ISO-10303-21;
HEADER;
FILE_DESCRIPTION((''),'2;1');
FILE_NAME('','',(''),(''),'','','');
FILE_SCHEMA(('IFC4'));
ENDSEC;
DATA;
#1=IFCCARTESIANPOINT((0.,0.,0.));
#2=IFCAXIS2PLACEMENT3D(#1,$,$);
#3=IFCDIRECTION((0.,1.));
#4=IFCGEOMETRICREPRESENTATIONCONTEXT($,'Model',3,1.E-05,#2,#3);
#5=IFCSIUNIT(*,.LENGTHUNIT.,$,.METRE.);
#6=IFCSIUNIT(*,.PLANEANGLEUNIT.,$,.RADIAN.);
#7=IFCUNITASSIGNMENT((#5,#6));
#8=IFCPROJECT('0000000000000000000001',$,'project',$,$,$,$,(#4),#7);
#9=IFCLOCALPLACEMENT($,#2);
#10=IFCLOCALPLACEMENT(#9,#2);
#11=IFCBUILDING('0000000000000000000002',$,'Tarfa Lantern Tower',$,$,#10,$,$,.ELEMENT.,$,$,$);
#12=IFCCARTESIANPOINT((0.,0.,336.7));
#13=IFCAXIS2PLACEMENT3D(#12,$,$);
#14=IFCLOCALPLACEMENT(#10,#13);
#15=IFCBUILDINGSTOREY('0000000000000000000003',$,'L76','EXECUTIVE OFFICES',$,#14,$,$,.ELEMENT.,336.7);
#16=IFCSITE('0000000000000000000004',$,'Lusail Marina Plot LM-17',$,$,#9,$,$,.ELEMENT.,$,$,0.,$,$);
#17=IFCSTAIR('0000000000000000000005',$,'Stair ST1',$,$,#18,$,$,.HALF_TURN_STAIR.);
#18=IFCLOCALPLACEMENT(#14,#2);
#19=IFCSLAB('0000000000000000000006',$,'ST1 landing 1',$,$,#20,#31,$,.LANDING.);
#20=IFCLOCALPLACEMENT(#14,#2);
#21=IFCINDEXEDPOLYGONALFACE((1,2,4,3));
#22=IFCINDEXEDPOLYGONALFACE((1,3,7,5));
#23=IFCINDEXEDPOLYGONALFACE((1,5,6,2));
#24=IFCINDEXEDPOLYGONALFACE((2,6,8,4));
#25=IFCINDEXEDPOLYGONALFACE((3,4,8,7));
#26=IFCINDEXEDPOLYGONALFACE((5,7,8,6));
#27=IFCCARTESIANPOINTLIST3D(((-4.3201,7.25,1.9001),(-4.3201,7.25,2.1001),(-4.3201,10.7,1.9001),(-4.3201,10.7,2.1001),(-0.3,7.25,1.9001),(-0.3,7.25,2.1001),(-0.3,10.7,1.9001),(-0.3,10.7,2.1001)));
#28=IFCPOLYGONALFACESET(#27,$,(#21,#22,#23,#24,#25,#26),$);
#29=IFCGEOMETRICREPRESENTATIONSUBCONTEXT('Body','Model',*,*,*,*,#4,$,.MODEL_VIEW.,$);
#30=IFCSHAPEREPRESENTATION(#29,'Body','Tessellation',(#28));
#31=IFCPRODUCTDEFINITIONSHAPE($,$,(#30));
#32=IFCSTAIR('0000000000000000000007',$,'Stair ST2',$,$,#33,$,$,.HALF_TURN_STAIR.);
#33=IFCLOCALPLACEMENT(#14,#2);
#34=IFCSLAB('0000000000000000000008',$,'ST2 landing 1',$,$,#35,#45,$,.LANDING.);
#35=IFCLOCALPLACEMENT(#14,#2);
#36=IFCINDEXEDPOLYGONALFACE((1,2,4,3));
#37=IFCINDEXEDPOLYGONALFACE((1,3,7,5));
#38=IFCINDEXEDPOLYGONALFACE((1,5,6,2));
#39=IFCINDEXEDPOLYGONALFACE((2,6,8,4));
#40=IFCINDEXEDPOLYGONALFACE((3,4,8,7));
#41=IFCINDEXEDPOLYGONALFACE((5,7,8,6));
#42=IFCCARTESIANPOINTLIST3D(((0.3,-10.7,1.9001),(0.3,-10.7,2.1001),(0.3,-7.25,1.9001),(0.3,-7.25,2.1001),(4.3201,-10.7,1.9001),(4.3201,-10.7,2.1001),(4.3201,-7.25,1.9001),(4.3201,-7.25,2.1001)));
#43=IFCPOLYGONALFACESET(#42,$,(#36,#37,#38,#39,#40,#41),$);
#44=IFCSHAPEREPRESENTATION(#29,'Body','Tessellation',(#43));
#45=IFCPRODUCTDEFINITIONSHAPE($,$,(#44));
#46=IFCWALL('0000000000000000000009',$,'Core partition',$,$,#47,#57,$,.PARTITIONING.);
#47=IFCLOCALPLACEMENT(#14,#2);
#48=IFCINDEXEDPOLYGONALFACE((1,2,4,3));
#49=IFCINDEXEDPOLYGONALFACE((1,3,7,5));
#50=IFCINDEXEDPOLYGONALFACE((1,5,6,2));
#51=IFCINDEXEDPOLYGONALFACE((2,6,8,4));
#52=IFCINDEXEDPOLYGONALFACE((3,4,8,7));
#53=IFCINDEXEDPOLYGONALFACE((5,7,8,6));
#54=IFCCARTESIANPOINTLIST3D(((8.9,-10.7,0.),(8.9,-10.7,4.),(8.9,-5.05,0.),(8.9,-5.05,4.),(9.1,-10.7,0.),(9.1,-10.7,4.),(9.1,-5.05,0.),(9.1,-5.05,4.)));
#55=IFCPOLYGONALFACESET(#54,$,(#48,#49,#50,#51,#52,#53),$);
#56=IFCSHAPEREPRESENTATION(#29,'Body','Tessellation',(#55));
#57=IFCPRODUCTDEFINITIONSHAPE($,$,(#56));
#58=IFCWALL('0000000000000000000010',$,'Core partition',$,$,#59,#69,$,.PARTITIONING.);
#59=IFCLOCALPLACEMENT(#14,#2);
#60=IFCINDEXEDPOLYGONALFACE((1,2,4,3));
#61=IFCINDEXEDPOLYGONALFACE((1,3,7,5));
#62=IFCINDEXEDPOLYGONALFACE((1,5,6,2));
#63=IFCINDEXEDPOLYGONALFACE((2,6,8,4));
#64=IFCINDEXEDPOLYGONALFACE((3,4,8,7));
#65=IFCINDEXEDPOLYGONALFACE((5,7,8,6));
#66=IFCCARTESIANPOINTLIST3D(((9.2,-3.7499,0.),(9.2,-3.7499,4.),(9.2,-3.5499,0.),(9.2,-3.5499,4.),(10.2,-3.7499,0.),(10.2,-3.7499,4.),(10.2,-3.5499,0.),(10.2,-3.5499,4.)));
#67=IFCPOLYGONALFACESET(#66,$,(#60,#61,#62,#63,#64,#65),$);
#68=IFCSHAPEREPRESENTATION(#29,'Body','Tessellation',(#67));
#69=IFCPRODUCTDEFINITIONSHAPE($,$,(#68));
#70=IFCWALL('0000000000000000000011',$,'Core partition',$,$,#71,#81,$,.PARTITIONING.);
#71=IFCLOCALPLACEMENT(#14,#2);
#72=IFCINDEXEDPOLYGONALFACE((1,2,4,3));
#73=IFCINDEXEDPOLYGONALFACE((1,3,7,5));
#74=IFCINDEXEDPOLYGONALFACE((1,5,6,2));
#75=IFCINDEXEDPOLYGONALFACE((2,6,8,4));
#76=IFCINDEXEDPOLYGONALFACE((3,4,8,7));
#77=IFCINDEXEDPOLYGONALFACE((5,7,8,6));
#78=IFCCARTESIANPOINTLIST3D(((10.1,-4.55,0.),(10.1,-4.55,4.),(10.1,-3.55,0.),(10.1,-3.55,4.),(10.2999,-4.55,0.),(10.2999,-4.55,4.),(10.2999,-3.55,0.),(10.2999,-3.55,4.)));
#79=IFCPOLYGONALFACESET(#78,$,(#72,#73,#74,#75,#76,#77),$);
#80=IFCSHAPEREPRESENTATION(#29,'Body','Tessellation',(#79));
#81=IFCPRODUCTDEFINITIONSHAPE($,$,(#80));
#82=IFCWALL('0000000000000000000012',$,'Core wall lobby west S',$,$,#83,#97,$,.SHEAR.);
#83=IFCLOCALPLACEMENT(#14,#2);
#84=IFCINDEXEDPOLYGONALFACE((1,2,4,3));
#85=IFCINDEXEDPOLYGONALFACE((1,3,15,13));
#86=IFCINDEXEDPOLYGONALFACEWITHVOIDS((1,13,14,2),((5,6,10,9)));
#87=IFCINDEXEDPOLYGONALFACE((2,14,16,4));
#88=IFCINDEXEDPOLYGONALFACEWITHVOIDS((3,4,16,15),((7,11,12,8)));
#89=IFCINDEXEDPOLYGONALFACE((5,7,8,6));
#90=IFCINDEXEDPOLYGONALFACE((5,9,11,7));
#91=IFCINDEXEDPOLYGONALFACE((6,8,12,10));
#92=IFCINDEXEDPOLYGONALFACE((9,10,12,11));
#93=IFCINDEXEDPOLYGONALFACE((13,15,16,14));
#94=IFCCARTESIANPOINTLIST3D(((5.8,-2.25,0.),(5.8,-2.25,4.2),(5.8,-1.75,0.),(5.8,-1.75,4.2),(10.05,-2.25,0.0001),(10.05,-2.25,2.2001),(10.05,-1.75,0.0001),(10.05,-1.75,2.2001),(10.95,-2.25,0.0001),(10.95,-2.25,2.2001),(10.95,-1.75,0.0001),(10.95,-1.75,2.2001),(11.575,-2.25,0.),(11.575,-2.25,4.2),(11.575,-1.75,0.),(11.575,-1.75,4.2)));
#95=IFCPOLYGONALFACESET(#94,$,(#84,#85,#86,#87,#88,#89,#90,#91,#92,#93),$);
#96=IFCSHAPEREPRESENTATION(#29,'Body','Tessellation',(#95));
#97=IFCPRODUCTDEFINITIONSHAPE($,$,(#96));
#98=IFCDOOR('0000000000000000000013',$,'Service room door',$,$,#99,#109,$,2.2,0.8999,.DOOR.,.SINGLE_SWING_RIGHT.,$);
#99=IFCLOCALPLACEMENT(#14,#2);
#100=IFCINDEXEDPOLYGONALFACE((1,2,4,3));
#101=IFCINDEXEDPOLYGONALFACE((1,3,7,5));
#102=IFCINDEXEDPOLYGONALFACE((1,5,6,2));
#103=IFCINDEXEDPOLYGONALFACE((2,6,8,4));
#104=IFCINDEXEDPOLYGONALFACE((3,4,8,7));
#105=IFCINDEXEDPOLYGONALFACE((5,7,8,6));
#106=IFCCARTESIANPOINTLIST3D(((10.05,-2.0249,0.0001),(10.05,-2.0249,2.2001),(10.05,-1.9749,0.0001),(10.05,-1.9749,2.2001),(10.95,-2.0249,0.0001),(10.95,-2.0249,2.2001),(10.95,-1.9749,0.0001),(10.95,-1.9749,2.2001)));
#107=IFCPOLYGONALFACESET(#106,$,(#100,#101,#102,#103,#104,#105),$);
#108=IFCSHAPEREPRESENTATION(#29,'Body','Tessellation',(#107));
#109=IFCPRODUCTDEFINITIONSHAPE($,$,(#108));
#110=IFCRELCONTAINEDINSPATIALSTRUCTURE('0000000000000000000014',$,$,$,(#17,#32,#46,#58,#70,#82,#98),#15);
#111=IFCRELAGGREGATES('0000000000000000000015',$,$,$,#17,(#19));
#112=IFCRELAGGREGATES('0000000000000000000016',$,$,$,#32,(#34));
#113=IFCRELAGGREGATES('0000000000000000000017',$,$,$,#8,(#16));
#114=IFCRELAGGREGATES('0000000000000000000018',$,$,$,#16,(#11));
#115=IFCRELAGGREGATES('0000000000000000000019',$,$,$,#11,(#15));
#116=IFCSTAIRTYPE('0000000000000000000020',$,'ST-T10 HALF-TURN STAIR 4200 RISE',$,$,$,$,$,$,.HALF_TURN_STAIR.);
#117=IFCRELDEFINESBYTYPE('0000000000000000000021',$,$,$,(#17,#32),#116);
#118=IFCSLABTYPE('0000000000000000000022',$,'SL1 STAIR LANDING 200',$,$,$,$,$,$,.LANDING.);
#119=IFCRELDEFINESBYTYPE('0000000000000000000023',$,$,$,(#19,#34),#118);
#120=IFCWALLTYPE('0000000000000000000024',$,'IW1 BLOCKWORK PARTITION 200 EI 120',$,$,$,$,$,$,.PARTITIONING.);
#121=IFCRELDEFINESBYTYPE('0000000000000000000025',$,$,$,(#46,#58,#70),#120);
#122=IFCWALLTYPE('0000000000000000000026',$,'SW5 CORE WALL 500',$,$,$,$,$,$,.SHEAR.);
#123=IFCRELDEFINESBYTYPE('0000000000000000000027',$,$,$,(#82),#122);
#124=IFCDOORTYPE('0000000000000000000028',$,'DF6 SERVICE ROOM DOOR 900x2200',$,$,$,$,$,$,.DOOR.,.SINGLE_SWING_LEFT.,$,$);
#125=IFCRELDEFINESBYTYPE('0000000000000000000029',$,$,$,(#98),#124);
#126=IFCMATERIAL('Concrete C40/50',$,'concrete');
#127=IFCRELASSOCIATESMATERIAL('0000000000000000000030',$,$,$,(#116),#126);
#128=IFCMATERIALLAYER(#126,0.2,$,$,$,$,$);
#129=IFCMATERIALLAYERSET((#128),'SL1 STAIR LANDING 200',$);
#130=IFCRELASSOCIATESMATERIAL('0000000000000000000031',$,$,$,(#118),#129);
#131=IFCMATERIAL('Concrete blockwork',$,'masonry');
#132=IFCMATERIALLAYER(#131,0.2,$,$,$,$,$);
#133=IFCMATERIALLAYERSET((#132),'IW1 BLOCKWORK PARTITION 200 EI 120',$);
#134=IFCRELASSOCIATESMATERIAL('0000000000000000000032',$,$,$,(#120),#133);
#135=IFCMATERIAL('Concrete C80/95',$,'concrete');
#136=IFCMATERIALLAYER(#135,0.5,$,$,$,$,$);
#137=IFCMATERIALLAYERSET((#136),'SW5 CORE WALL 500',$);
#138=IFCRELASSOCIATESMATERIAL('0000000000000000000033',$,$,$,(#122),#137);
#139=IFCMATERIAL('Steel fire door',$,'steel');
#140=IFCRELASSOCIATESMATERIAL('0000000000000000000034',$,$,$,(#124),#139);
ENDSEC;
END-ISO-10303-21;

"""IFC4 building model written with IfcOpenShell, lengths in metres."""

from ifc_helpers import new_model, si_unit, direction, frame, frame_2d, origin, place, context, subcontext, project, spatial, polyline, rectangle, outline, extrude, material, layer, layer_set, type_object, element, fill, aggregate, save


model = new_model("IFC4")

# Units and contexts
model_context = context("Model", 3, precision=1e-05, world=origin(), true_north=direction((0.0, 1.0)))
body_context = subcontext(model_context, "Body", "Model", "MODEL_VIEW")
ifc_project = project(units=[si_unit("LENGTHUNIT", "METRE"), si_unit("PLANEANGLEUNIT", "RADIAN")], contexts=[model_context])

# Site, building, storey
site_placement = place(None, origin())
site = spatial("IfcSite", under=ifc_project, at=site_placement, Name="Lusail Marina Plot LM-17", CompositionType="ELEMENT", RefElevation=0.0)
building_placement = place(site_placement, origin())
building = spatial("IfcBuilding", under=site, at=building_placement, Name="Tarfa Lantern Tower", CompositionType="ELEMENT")
storey_placement = place(building_placement, frame((0.0, 0.0, 336.7)))
storey = spatial("IfcBuildingStorey", under=building, at=storey_placement, Name="L76", Description="EXECUTIVE OFFICES", CompositionType="ELEMENT", Elevation=336.7)

# Stairs, slabs
ifc_material_1 = material(Name="Concrete C40/50", Category="concrete")
stair_type = type_object("IfcStairType", Name="ST-T10 HALF-TURN STAIR 4200 RISE", PredefinedType="HALF_TURN_STAIR", material=ifc_material_1)
stair_1_placement = place(storey_placement, origin())
stair_1 = element("IfcStair", 1, at=stair_1_placement, inside=storey, type_object=stair_type, Name="Stair ST1", PredefinedType="HALF_TURN_STAIR")
ifc_layer_1 = layer(ifc_material_1, 0.2)
ifc_layer_set_1 = layer_set([ifc_layer_1], Name="SL1 STAIR LANDING 200")
slab_type = type_object("IfcSlabType", Name="SL1 STAIR LANDING 200", PredefinedType="LANDING", material=ifc_layer_set_1)
slab_1_placement = place(storey_placement, frame((0.0, 0.0, 1.9001)))
slab_1 = element("IfcSlab", 2, at=slab_1_placement, type_object=slab_type, Name="ST1 landing 1", PredefinedType="LANDING", context=body_context, shape_type="SweptSolid", body=[
    extrude(outline(polyline([(-4.3201, 7.25), (-0.3, 7.25), (-0.3, 10.7), (-4.3201, 10.7), (-4.3201, 7.25)])), origin(), (0.0, 0.0, 1.0), 0.2),
])
aggregate(stair_1, [slab_1])
stair_2_placement = place(storey_placement, origin())
stair_2 = element("IfcStair", 3, at=stair_2_placement, inside=storey, type_object=stair_type, Name="Stair ST2", PredefinedType="HALF_TURN_STAIR")
slab_2_placement = place(storey_placement, frame((0.0, 0.0, 1.9001)))
slab_2 = element("IfcSlab", 4, at=slab_2_placement, type_object=slab_type, Name="ST2 landing 1", PredefinedType="LANDING", context=body_context, shape_type="SweptSolid", body=[
    extrude(outline(polyline([(4.3201, -7.25), (0.3, -7.25), (0.3, -10.7), (4.3201, -10.7), (4.3201, -7.25)])), origin(), (0.0, 0.0, 1.0), 0.2),
])
aggregate(stair_2, [slab_2])

# Walls
ifc_material_2 = material(Name="Concrete blockwork", Category="masonry")
ifc_layer_2 = layer(ifc_material_2, 0.2)
ifc_layer_set_2 = layer_set([ifc_layer_2], Name="IW1 BLOCKWORK PARTITION 200 EI 120")
wall_type_1 = type_object("IfcWallType", Name="IW1 BLOCKWORK PARTITION 200 EI 120", PredefinedType="PARTITIONING", material=ifc_layer_set_2)
wall_1_placement = place(storey_placement, frame((9.0, -5.05, 0.0), z_axis=(0.0, 0.0, 1.0), x_axis=(0.0, -1.0, 0.0)))
element("IfcWall", 5, at=wall_1_placement, inside=storey, type_object=wall_type_1, Name="Core partition", PredefinedType="PARTITIONING", context=body_context, shape_type="SweptSolid", body=[
    extrude(rectangle(XDim=5.6499, YDim=0.2, at=frame_2d((2.825, 0.0))), origin(), (0.0, 0.0, 1.0), 4.0),
])
for number, where, z_axis, x_axis, name in (
    (6, (10.2, -3.6499, 0.0), (0.0, 0.0, 1.0), (-1.0, 0.0, 0.0), "Core partition"),
    (7, (10.2, -3.55, 0.0), (0.0, 0.0, 1.0), (0.0, -1.0, 0.0), "Core partition"),
):
    element("IfcWall", number, at=place(storey_placement, frame(where, z_axis=z_axis, x_axis=x_axis)), inside=storey, type_object=wall_type_1, Name=name, PredefinedType="PARTITIONING", context=body_context, shape_type="SweptSolid", body=[
        extrude(rectangle(XDim=1.0, YDim=0.2, at=frame_2d((0.5, 0.0))), origin(), (0.0, 0.0, 1.0), 4.0),
    ])

# Wall, opening, door
ifc_material_3 = material(Name="Concrete C80/95", Category="concrete")
ifc_layer_3 = layer(ifc_material_3, 0.5)
ifc_layer_set_3 = layer_set([ifc_layer_3], Name="SW5 CORE WALL 500")
wall_type_2 = type_object("IfcWallType", Name="SW5 CORE WALL 500", PredefinedType="SHEAR", material=ifc_layer_set_3)
wall_2_placement = place(storey_placement, frame((11.575, -2.0, 0.0), z_axis=(0.0, 0.0, 1.0), x_axis=(-1.0, 0.0, 0.0)))
wall_2 = element("IfcWall", 8, at=wall_2_placement, inside=storey, type_object=wall_type_2, Name="Core wall lobby west S", PredefinedType="SHEAR", context=body_context, shape_type="SweptSolid", body=[
    extrude(rectangle(XDim=5.7749, YDim=0.5, at=frame_2d((2.8875, 0.0))), origin(), (0.0, 0.0, 1.0), 4.2),
])
opening_1_placement = place(wall_2_placement, frame((0.625, 0.0, 0.0)))
opening_1 = element("IfcOpeningElement", 9, at=opening_1_placement, cuts=wall_2, PredefinedType="OPENING", context=body_context, shape_type="SweptSolid", body=[
    extrude(rectangle(XDim=0.8999, YDim=2.2, at=frame_2d((0.45, 1.1001))), frame((0.0, 0.26, 0.0), z_axis=(0.0, -1.0, 0.0), x_axis=(1.0, 0.0, 0.0)), (0.0, 0.0, 1.0), 0.52),
])
ifc_material_4 = material(Name="Steel fire door", Category="steel")
door_type_1 = type_object("IfcDoorType", Name="DF6 SERVICE ROOM DOOR 900x2200", OperationType="SINGLE_SWING_LEFT", PredefinedType="DOOR", material=ifc_material_4)
door_1_placement = place(opening_1_placement, origin())
door_1 = element("IfcDoor", 10, at=door_1_placement, inside=storey, type_object=door_type_1, Name="Service room door", OperationType="SINGLE_SWING_RIGHT", OverallHeight=2.2, OverallWidth=0.8999, PredefinedType="DOOR", context=body_context, shape_type="SweptSolid", body=[
    extrude(rectangle(XDim=0.8999, YDim=2.2, at=frame_2d((0.45, 1.1001))), frame((0.0, 0.0249, 0.0), z_axis=(0.0, -1.0, 0.0), x_axis=(1.0, 0.0, 0.0)), (0.0, 0.0, 1.0), 0.05),
])
fill(opening_1, door_1)

save(model, "model.ifc")
